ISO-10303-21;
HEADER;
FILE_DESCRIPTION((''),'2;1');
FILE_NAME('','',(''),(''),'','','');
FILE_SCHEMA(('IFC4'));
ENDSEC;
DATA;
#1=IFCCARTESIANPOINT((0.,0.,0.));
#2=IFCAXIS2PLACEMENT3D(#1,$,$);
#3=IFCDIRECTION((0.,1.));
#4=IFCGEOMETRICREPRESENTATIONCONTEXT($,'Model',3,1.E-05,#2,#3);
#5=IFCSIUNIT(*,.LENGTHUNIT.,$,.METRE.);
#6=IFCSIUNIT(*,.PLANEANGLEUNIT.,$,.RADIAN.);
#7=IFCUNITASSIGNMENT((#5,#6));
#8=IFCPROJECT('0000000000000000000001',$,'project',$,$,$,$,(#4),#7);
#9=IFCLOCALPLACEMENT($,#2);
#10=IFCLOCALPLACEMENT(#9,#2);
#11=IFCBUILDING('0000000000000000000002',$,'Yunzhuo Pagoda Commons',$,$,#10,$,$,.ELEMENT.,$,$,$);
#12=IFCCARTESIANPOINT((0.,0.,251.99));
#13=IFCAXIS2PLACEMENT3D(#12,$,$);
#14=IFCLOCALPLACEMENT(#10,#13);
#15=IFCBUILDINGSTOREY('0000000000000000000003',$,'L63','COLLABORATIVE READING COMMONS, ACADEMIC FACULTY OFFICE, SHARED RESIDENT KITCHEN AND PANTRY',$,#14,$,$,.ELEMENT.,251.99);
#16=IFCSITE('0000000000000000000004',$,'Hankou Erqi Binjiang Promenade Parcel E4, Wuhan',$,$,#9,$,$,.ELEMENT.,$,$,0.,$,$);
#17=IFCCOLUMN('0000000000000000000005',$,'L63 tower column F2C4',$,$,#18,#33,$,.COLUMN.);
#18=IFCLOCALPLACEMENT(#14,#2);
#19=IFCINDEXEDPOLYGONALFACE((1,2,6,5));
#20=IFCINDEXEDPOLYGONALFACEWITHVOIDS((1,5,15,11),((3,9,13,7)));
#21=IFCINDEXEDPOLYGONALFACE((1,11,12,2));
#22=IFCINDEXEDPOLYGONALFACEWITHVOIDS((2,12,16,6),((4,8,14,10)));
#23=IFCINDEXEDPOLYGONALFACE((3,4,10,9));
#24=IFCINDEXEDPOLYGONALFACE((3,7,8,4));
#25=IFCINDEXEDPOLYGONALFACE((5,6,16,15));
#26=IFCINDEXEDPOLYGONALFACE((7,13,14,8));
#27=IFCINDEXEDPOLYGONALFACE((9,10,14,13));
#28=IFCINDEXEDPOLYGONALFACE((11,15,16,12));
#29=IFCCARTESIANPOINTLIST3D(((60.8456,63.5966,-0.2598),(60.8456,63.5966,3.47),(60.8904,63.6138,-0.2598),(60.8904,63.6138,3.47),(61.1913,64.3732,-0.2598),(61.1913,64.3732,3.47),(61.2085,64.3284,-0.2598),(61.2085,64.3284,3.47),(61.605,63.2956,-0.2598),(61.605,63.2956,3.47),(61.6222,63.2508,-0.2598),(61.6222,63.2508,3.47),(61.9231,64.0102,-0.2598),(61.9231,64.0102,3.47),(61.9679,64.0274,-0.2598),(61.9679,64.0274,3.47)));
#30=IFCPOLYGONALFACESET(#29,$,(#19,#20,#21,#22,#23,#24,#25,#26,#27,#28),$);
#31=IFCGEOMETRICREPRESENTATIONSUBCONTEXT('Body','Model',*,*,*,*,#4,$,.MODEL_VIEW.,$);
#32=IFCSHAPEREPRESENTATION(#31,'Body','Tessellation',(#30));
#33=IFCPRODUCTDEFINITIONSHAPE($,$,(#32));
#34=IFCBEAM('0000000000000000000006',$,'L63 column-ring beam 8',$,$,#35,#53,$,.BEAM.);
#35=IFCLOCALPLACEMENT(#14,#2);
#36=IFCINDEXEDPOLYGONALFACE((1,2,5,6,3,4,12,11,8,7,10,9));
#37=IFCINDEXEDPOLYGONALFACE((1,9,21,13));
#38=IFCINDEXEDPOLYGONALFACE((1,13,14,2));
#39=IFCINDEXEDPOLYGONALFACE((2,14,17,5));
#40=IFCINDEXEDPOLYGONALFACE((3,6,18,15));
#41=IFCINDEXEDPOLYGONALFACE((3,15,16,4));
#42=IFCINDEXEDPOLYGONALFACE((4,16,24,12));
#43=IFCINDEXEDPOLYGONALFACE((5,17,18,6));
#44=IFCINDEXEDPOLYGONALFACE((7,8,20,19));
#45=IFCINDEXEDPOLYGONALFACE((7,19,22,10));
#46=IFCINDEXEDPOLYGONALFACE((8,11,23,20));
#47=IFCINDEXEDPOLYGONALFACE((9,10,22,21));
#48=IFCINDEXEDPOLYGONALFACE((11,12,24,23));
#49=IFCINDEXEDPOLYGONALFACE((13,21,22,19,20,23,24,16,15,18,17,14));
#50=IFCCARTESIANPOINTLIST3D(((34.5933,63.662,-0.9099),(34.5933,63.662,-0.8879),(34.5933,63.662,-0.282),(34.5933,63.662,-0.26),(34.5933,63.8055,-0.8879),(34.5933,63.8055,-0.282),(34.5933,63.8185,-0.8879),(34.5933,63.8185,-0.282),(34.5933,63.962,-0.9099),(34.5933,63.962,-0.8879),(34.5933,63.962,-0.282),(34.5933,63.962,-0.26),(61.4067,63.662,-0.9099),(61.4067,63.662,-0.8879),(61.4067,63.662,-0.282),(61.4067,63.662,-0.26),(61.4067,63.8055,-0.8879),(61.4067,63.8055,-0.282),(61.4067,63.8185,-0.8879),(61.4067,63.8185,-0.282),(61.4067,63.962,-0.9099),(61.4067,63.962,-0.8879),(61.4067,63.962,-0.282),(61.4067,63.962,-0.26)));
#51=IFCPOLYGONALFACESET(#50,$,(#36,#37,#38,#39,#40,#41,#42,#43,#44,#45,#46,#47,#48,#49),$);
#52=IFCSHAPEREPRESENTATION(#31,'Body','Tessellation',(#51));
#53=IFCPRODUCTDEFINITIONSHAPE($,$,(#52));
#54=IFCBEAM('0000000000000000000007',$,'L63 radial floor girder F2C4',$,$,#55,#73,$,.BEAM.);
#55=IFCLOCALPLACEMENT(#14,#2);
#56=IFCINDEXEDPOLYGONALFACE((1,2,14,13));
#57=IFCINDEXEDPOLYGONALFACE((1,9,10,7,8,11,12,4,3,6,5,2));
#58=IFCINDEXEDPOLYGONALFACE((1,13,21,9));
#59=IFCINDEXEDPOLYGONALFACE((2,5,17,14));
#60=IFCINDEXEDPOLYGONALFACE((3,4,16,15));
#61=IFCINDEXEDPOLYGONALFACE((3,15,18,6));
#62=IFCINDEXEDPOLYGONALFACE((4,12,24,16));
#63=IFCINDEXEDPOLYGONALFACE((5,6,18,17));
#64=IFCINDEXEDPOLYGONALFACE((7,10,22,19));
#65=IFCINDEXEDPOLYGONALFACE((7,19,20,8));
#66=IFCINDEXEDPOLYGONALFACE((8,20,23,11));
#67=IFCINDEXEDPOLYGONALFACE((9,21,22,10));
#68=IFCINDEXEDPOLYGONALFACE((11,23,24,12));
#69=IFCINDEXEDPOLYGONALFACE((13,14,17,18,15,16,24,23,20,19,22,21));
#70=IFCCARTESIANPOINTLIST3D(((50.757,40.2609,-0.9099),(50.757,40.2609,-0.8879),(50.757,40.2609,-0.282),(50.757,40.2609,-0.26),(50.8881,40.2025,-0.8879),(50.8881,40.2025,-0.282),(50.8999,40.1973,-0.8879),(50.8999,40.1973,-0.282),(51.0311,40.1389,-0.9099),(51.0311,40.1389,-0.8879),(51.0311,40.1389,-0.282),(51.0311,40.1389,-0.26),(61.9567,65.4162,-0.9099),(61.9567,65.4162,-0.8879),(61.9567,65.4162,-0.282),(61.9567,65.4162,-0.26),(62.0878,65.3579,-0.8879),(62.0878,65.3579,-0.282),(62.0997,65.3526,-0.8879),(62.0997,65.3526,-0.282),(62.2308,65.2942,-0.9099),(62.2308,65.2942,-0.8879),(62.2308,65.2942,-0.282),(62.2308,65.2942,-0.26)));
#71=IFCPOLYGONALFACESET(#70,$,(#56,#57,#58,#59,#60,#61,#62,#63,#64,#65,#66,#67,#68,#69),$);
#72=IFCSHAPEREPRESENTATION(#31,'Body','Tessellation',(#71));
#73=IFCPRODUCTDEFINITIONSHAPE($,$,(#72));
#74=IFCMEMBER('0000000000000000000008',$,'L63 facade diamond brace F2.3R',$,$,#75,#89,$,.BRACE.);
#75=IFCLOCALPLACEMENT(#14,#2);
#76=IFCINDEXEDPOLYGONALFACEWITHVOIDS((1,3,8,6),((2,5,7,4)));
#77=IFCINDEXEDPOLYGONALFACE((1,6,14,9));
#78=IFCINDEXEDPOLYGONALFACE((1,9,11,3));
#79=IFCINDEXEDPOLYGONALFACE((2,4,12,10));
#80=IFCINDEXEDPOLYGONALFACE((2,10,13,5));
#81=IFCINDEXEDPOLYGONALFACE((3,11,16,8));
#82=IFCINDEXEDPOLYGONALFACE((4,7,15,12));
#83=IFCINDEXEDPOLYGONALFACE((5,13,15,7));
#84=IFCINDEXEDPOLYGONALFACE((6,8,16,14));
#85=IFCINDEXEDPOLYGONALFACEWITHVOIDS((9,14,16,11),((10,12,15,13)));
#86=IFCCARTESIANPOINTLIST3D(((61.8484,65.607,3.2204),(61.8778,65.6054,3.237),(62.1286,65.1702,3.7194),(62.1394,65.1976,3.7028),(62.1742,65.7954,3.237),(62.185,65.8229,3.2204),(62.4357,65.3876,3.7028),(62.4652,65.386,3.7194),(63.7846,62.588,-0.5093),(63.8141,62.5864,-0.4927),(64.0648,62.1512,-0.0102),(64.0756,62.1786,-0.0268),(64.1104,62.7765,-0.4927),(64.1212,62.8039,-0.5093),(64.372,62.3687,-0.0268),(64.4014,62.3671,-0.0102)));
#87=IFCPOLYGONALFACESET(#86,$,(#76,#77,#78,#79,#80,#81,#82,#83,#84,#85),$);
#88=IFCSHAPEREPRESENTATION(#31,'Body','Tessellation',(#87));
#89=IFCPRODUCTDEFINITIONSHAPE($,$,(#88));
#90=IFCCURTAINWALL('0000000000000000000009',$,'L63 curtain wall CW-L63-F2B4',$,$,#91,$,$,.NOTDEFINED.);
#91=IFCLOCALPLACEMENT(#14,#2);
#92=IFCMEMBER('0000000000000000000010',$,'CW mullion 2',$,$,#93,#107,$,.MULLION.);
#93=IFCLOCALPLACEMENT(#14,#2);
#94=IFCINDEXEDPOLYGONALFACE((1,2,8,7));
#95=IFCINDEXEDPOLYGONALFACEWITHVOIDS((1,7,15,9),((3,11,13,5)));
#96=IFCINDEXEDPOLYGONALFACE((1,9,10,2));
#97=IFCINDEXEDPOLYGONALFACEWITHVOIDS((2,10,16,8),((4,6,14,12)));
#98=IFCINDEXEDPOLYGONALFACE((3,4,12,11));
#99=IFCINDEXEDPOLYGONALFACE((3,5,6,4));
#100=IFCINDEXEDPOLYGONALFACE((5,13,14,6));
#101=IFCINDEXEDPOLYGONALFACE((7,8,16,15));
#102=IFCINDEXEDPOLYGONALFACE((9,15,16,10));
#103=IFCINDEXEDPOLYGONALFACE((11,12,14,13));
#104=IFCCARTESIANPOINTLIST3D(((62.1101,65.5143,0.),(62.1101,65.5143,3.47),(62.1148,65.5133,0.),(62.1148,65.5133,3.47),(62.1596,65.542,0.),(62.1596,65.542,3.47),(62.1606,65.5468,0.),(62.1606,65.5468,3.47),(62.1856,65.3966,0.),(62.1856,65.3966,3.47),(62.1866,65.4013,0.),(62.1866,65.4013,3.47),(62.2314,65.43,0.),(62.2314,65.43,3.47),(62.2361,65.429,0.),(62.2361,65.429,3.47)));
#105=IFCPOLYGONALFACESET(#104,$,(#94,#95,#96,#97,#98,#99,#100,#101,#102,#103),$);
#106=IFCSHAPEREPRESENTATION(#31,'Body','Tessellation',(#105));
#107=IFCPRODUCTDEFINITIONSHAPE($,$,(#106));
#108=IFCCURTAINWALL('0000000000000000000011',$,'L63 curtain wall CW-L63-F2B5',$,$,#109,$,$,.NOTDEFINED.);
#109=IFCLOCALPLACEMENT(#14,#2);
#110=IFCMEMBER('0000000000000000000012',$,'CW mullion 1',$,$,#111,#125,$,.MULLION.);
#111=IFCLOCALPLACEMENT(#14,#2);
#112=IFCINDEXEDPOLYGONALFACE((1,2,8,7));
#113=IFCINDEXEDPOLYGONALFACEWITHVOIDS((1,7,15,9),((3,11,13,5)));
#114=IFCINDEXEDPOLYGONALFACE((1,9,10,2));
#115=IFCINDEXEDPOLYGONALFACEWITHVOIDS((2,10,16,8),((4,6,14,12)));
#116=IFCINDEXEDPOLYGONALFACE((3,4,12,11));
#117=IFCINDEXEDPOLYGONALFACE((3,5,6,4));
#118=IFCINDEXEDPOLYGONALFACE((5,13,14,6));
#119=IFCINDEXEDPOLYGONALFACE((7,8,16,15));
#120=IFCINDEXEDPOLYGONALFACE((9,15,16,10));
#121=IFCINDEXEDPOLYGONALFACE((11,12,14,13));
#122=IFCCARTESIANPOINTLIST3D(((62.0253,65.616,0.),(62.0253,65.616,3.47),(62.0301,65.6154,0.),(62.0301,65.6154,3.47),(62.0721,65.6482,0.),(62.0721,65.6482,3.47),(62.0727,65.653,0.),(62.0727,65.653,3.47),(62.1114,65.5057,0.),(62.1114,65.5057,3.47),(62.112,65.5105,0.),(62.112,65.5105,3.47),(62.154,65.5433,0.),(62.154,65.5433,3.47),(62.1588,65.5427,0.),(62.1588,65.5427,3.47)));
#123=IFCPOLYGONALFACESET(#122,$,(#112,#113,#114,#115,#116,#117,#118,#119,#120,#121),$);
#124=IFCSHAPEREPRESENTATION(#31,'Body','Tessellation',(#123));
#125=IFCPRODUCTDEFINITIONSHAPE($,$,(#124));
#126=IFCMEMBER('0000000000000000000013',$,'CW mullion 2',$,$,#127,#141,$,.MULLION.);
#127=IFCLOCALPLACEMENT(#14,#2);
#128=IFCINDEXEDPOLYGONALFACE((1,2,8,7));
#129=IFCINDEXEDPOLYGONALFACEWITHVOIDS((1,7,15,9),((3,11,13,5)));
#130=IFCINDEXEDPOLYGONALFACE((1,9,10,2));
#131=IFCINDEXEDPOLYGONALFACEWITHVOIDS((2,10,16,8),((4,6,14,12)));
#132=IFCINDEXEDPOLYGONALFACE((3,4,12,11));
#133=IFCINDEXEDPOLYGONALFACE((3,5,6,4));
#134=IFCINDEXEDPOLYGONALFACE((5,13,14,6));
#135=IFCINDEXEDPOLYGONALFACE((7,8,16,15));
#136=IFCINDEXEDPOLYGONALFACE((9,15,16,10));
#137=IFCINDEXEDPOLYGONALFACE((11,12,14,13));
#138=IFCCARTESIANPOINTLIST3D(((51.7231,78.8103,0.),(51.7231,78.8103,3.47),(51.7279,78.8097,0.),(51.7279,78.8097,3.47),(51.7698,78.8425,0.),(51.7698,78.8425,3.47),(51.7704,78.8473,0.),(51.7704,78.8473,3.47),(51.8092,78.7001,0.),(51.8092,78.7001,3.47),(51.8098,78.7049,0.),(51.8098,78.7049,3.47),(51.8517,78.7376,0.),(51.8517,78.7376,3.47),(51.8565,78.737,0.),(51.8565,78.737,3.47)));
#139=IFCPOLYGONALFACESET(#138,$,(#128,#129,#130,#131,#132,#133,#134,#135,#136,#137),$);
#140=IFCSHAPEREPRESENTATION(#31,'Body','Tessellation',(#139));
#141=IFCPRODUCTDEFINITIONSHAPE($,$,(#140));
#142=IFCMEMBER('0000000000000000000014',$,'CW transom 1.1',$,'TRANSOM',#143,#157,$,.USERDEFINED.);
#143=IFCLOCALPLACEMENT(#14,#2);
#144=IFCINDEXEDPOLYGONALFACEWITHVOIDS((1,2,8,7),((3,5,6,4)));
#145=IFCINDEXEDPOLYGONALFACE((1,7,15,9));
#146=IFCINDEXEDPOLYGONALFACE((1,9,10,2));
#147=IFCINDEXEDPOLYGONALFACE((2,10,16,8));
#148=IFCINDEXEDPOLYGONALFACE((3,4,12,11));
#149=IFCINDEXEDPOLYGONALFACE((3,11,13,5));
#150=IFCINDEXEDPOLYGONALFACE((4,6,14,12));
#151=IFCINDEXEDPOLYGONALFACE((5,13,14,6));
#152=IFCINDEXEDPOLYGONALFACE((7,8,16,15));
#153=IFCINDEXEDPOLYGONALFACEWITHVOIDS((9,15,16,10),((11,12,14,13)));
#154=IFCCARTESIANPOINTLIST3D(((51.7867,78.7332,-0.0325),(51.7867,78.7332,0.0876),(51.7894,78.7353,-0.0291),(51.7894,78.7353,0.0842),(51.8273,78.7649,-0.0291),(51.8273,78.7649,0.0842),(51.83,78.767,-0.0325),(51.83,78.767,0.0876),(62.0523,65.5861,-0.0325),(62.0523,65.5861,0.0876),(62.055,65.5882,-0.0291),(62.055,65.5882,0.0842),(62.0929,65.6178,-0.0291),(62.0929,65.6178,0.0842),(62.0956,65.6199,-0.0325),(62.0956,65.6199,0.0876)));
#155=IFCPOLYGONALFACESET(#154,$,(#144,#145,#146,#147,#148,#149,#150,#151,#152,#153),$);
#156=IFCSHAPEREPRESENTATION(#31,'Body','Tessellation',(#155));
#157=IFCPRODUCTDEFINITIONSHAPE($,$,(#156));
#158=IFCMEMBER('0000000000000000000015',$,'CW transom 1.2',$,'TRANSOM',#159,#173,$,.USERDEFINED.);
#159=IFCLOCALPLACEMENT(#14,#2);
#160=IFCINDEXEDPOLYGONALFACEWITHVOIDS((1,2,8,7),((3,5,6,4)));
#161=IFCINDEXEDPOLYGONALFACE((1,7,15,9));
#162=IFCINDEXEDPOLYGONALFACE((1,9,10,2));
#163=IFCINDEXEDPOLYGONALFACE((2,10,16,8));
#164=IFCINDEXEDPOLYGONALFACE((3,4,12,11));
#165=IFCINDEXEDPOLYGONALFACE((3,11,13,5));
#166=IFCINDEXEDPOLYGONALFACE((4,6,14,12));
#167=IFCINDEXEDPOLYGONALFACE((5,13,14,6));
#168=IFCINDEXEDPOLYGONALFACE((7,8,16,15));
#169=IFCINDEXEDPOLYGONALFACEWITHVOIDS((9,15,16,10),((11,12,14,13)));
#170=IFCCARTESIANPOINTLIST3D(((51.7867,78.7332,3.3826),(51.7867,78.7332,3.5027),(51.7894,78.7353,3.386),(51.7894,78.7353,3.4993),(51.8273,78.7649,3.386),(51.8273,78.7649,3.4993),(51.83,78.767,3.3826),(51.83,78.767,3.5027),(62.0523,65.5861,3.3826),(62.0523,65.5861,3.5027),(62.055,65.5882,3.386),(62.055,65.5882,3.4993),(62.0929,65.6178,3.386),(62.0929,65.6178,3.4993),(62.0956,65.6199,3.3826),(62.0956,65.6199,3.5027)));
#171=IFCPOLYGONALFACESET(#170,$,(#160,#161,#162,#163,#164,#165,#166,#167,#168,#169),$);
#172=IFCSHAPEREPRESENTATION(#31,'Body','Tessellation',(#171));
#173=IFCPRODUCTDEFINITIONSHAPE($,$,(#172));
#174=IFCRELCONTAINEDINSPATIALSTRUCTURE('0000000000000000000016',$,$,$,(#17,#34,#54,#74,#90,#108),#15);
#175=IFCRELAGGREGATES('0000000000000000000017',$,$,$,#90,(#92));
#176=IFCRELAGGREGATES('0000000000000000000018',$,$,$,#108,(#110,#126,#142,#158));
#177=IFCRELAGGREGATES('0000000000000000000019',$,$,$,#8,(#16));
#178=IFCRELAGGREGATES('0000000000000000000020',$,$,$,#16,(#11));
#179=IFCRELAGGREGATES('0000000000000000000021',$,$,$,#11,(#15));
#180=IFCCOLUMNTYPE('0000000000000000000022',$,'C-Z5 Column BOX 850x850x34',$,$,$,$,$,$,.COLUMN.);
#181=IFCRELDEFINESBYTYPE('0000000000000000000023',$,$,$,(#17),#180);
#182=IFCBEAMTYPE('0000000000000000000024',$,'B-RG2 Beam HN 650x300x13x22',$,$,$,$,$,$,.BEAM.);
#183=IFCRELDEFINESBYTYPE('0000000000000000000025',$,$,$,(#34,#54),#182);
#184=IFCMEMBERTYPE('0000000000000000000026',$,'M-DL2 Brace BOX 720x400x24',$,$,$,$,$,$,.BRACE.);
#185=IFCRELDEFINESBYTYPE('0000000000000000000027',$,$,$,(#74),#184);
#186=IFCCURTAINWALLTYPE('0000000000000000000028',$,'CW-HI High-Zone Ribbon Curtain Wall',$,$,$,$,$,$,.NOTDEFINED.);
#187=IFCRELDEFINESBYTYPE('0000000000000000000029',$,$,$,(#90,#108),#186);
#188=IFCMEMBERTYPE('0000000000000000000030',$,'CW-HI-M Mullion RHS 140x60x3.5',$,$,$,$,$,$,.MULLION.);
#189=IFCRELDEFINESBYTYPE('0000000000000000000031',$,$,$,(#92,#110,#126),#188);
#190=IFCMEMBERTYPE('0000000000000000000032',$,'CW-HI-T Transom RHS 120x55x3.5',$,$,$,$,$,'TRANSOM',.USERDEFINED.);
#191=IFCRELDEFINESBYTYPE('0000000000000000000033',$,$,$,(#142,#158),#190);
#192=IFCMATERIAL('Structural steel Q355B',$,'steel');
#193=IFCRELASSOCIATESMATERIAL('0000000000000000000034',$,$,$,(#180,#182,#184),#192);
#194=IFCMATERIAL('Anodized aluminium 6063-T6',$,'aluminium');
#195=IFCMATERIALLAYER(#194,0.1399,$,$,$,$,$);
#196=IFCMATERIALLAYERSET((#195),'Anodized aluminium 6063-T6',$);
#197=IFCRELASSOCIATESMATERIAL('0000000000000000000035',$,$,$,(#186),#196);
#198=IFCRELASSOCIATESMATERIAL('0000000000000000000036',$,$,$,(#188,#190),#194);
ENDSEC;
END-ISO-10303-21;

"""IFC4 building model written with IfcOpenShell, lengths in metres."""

from ifc_helpers import new_model, si_unit, direction, frame, origin, origin_2d, place, context, subcontext, project, spatial, hollow_rectangle, i_section, extrude, source, transform, mapped, material, layer, layer_set, material_profile, profile_set, type_object, element, aggregate, save


model = new_model("IFC4")

# Units and contexts
model_context = context("Model", 3, precision=1e-05, world=origin(), true_north=direction((0.0, 1.0)))
body_context = subcontext(model_context, "Body", "Model", "MODEL_VIEW")
ifc_project = project(units=[si_unit("LENGTHUNIT", "METRE"), si_unit("PLANEANGLEUNIT", "RADIAN")], contexts=[model_context])

# Site, building, storey
site_placement = place(None, origin())
site = spatial("IfcSite", under=ifc_project, at=site_placement, Name="Hankou Erqi Binjiang Promenade Parcel E4, Wuhan", CompositionType="ELEMENT", RefElevation=0.0)
building_placement = place(site_placement, origin())
building = spatial("IfcBuilding", under=site, at=building_placement, Name="Yunzhuo Pagoda Commons", CompositionType="ELEMENT")
storey_placement = place(building_placement, frame((0.0, 0.0, 251.99)))
storey = spatial("IfcBuildingStorey", under=building, at=storey_placement, Name="L63", Description="COLLABORATIVE READING COMMONS, ACADEMIC FACULTY OFFICE, SHARED RESIDENT KITCHEN AND PANTRY", CompositionType="ELEMENT", Elevation=251.99)

# Column
ifc_material_1 = material(Name="Structural steel Q355B", Category="steel")
ifc_material_profile_1 = material_profile(ifc_material_1, hollow_rectangle(XDim=0.8501, YDim=0.8501, WallThickness=0.0339, at=origin_2d()), Name="Structural steel Q355B")
ifc_profile_set_1 = profile_set([ifc_material_profile_1], Name="Structural steel Q355B")
column_type = type_object("IfcColumnType", Name="C-Z5 Column BOX 850x850x34", PredefinedType="COLUMN", material=ifc_profile_set_1)
shared_shape_1 = source(origin(), body_context, "Body", "SweptSolid", [
    extrude(hollow_rectangle(XDim=0.8501, YDim=0.8501, WallThickness=0.0339, at=origin_2d()), origin(), (0.0, 0.0, 1.0), 3.7297),
])
column_placement = place(storey_placement, frame((61.4067, 63.812, -0.2598), z_axis=(0.0, 0.0, 1.0), x_axis=(-0.913545, 0.406737, 0.0)))
element("IfcColumn", 1, at=column_placement, inside=storey, type_object=column_type, Name="L63 tower column F2C4", PredefinedType="COLUMN", context=body_context, shape_type="MappedRepresentation", body=[
    mapped(shared_shape_1, transform((0.0, 0.0, 0.0), scale=1.0)),
])

# Beams
ifc_material_profile_2 = material_profile(ifc_material_1, i_section(OverallWidth=0.3, OverallDepth=0.6499, WebThickness=0.0129, FlangeThickness=0.022, at=origin_2d()), Name="Structural steel Q355B")
ifc_profile_set_2 = profile_set([ifc_material_profile_2], Name="Structural steel Q355B")
beam_type = type_object("IfcBeamType", Name="B-RG2 Beam HN 650x300x13x22", PredefinedType="BEAM", material=ifc_profile_set_2)
shared_shape_2 = source(origin(), body_context, "Body", "SweptSolid", [
    extrude(i_section(OverallWidth=0.3, OverallDepth=0.6499, WebThickness=0.0129, FlangeThickness=0.022, at=origin_2d()), origin(), (0.0, 0.0, 1.0), 26.8135),
])
beam_1_placement = place(storey_placement, frame((61.4067, 63.812, -0.585), z_axis=(-1.0, 0.0, 0.0), x_axis=(0.0, -1.0, 0.0)))
element("IfcBeam", 2, at=beam_1_placement, inside=storey, type_object=beam_type, Name="L63 column-ring beam 8", PredefinedType="BEAM", context=body_context, shape_type="MappedRepresentation", body=[
    mapped(shared_shape_2, transform((0.0, 0.0, 0.0), scale=1.0)),
])
shared_shape_3 = source(origin(), body_context, "Body", "SweptSolid", [
    extrude(i_section(OverallWidth=0.3, OverallDepth=0.6499, WebThickness=0.0129, FlangeThickness=0.022, at=origin_2d()), origin(), (0.0, 0.0, 1.0), 27.5359),
])
beam_2_placement = place(storey_placement, frame((62.0938, 65.3552, -0.585), z_axis=(-0.406732, -0.913547, 0.0), x_axis=(0.913547, -0.406732, 0.0)))
element("IfcBeam", 3, at=beam_2_placement, inside=storey, type_object=beam_type, Name="L63 radial floor girder F2C4", PredefinedType="BEAM", context=body_context, shape_type="MappedRepresentation", body=[
    mapped(shared_shape_3, transform((0.0, 0.0, 0.0), scale=1.0)),
])

# Member
ifc_material_profile_3 = material_profile(ifc_material_1, hollow_rectangle(XDim=0.3999, YDim=0.72, WallThickness=0.0239, at=origin_2d()), Name="Structural steel Q355B")
ifc_profile_set_3 = profile_set([ifc_material_profile_3], Name="Structural steel Q355B")
member_type_1 = type_object("IfcMemberType", Name="M-DL2 Brace BOX 720x400x24", PredefinedType="BRACE", material=ifc_profile_set_3)
shared_shape_4 = source(origin(), body_context, "Body", "SweptSolid", [
    extrude(hollow_rectangle(XDim=0.3999, YDim=0.72, WallThickness=0.0239, at=origin_2d()), origin(), (0.0, 0.0, 1.0), 5.1743),
])
member_1_placement = place(storey_placement, frame((64.093, 62.4775, -0.2598), z_axis=(-0.374201, 0.583454, 0.720801), x_axis=(-0.841753, -0.539863, 0.0)))
element("IfcMember", 4, at=member_1_placement, inside=storey, type_object=member_type_1, Name="L63 facade diamond brace F2.3R", PredefinedType="BRACE", context=body_context, shape_type="MappedRepresentation", body=[
    mapped(shared_shape_4, transform((0.0, 0.0, 0.0), scale=1.0)),
])

# Curtain wall, member
ifc_material_2 = material(Name="Anodized aluminium 6063-T6", Category="aluminium")
ifc_layer_1 = layer(ifc_material_2, 0.1399)
ifc_layer_set_1 = layer_set([ifc_layer_1], Name="Anodized aluminium 6063-T6")
curtain_wall_type = type_object("IfcCurtainWallType", Name="CW-HI High-Zone Ribbon Curtain Wall", PredefinedType="NOTDEFINED", material=ifc_layer_set_1)
curtain_wall_1_placement = place(storey_placement, origin())
curtain_wall_1 = element("IfcCurtainWall", 5, at=curtain_wall_1_placement, inside=storey, type_object=curtain_wall_type, Name="L63 curtain wall CW-L63-F2B4", PredefinedType="NOTDEFINED")
ifc_material_profile_4 = material_profile(ifc_material_2, hollow_rectangle(XDim=0.0601, YDim=0.1399, WallThickness=0.0034, at=origin_2d()), Name="Anodized aluminium 6063-T6")
ifc_profile_set_4 = profile_set([ifc_material_profile_4], Name="Anodized aluminium 6063-T6")
member_type_2 = type_object("IfcMemberType", Name="CW-HI-M Mullion RHS 140x60x3.5", PredefinedType="MULLION", material=ifc_profile_set_4)
shared_shape_5 = source(origin(), body_context, "Body", "SweptSolid", [
    extrude(hollow_rectangle(XDim=0.0601, YDim=0.1399, WallThickness=0.0034, at=origin_2d()), origin(), (0.0, 0.0, 1.0), 3.47),
])
member_2_placement = place(storey_placement, frame((62.1731, 65.4717, 0.0), z_axis=(0.0, 0.0, 1.0), x_axis=(-0.84175, -0.539867, 0.0)))
member_2 = element("IfcMember", 6, at=member_2_placement, type_object=member_type_2, Name="CW mullion 2", PredefinedType="MULLION", context=body_context, shape_type="MappedRepresentation", body=[
    mapped(shared_shape_5, transform((0.0, 0.0, 0.0), scale=1.0)),
])

# Curtain wall, members
curtain_wall_2_placement = place(storey_placement, origin())
curtain_wall_2 = element("IfcCurtainWall", 7, at=curtain_wall_2_placement, inside=storey, type_object=curtain_wall_type, Name="L63 curtain wall CW-L63-F2B5", PredefinedType="NOTDEFINED")
member_3_placement = place(storey_placement, frame((62.092, 65.5793, 0.0), z_axis=(0.0, 0.0, 1.0), x_axis=(-0.78819, -0.615433, 0.0)))
member_3 = element("IfcMember", 8, at=member_3_placement, type_object=member_type_2, Name="CW mullion 1", PredefinedType="MULLION", context=body_context, shape_type="MappedRepresentation", body=[
    mapped(shared_shape_5, transform((0.0, 0.0, 0.0), scale=1.0)),
])
member_4_placement = place(storey_placement, frame((51.7898, 78.7737, 0.0), z_axis=(0.0, 0.0, 1.0), x_axis=(-0.78819, -0.615433, 0.0)))
member_4 = element("IfcMember", 9, at=member_4_placement, type_object=member_type_2, Name="CW mullion 2", PredefinedType="MULLION", context=body_context, shape_type="MappedRepresentation", body=[
    mapped(shared_shape_5, transform((0.0, 0.0, 0.0), scale=1.0)),
])
ifc_material_profile_5 = material_profile(ifc_material_2, hollow_rectangle(XDim=0.0549, YDim=0.1201, WallThickness=0.0034, at=origin_2d()), Name="Anodized aluminium 6063-T6")
ifc_profile_set_5 = profile_set([ifc_material_profile_5], Name="Anodized aluminium 6063-T6")
member_type_3 = type_object("IfcMemberType", Name="CW-HI-T Transom RHS 120x55x3.5", ElementType="TRANSOM", PredefinedType="USERDEFINED", material=ifc_profile_set_5)
shared_shape_6 = source(origin(), body_context, "Body", "SweptSolid", [
    extrude(hollow_rectangle(XDim=0.0549, YDim=0.1201, WallThickness=0.0034, at=origin_2d()), origin(), (0.0, 0.0, 1.0), 16.6802),
])
member_5_placement = place(storey_placement, frame((62.074, 65.603, 0.0276), z_axis=(-0.615441, 0.788183, 0.0), x_axis=(-0.788183, -0.615441, 0.0)))
member_5 = element("IfcMember", 10, at=member_5_placement, type_object=member_type_3, Name="CW transom 1.1", ObjectType="TRANSOM", PredefinedType="USERDEFINED", context=body_context, shape_type="MappedRepresentation", body=[
    mapped(shared_shape_6, transform((0.0, 0.0, 0.0), scale=1.0)),
])
member_6_placement = place(storey_placement, frame((62.074, 65.603, 3.4426), z_axis=(-0.615441, 0.788183, 0.0), x_axis=(-0.788183, -0.615441, 0.0)))
member_6 = element("IfcMember", 11, at=member_6_placement, type_object=member_type_3, Name="CW transom 1.2", ObjectType="TRANSOM", PredefinedType="USERDEFINED", context=body_context, shape_type="MappedRepresentation", body=[
    mapped(shared_shape_6, transform((0.0, 0.0, 0.0), scale=1.0)),
])

aggregate(curtain_wall_1, [member_2])
aggregate(curtain_wall_2, [member_3, member_4, member_5, member_6])

save(model, "model.ifc")
